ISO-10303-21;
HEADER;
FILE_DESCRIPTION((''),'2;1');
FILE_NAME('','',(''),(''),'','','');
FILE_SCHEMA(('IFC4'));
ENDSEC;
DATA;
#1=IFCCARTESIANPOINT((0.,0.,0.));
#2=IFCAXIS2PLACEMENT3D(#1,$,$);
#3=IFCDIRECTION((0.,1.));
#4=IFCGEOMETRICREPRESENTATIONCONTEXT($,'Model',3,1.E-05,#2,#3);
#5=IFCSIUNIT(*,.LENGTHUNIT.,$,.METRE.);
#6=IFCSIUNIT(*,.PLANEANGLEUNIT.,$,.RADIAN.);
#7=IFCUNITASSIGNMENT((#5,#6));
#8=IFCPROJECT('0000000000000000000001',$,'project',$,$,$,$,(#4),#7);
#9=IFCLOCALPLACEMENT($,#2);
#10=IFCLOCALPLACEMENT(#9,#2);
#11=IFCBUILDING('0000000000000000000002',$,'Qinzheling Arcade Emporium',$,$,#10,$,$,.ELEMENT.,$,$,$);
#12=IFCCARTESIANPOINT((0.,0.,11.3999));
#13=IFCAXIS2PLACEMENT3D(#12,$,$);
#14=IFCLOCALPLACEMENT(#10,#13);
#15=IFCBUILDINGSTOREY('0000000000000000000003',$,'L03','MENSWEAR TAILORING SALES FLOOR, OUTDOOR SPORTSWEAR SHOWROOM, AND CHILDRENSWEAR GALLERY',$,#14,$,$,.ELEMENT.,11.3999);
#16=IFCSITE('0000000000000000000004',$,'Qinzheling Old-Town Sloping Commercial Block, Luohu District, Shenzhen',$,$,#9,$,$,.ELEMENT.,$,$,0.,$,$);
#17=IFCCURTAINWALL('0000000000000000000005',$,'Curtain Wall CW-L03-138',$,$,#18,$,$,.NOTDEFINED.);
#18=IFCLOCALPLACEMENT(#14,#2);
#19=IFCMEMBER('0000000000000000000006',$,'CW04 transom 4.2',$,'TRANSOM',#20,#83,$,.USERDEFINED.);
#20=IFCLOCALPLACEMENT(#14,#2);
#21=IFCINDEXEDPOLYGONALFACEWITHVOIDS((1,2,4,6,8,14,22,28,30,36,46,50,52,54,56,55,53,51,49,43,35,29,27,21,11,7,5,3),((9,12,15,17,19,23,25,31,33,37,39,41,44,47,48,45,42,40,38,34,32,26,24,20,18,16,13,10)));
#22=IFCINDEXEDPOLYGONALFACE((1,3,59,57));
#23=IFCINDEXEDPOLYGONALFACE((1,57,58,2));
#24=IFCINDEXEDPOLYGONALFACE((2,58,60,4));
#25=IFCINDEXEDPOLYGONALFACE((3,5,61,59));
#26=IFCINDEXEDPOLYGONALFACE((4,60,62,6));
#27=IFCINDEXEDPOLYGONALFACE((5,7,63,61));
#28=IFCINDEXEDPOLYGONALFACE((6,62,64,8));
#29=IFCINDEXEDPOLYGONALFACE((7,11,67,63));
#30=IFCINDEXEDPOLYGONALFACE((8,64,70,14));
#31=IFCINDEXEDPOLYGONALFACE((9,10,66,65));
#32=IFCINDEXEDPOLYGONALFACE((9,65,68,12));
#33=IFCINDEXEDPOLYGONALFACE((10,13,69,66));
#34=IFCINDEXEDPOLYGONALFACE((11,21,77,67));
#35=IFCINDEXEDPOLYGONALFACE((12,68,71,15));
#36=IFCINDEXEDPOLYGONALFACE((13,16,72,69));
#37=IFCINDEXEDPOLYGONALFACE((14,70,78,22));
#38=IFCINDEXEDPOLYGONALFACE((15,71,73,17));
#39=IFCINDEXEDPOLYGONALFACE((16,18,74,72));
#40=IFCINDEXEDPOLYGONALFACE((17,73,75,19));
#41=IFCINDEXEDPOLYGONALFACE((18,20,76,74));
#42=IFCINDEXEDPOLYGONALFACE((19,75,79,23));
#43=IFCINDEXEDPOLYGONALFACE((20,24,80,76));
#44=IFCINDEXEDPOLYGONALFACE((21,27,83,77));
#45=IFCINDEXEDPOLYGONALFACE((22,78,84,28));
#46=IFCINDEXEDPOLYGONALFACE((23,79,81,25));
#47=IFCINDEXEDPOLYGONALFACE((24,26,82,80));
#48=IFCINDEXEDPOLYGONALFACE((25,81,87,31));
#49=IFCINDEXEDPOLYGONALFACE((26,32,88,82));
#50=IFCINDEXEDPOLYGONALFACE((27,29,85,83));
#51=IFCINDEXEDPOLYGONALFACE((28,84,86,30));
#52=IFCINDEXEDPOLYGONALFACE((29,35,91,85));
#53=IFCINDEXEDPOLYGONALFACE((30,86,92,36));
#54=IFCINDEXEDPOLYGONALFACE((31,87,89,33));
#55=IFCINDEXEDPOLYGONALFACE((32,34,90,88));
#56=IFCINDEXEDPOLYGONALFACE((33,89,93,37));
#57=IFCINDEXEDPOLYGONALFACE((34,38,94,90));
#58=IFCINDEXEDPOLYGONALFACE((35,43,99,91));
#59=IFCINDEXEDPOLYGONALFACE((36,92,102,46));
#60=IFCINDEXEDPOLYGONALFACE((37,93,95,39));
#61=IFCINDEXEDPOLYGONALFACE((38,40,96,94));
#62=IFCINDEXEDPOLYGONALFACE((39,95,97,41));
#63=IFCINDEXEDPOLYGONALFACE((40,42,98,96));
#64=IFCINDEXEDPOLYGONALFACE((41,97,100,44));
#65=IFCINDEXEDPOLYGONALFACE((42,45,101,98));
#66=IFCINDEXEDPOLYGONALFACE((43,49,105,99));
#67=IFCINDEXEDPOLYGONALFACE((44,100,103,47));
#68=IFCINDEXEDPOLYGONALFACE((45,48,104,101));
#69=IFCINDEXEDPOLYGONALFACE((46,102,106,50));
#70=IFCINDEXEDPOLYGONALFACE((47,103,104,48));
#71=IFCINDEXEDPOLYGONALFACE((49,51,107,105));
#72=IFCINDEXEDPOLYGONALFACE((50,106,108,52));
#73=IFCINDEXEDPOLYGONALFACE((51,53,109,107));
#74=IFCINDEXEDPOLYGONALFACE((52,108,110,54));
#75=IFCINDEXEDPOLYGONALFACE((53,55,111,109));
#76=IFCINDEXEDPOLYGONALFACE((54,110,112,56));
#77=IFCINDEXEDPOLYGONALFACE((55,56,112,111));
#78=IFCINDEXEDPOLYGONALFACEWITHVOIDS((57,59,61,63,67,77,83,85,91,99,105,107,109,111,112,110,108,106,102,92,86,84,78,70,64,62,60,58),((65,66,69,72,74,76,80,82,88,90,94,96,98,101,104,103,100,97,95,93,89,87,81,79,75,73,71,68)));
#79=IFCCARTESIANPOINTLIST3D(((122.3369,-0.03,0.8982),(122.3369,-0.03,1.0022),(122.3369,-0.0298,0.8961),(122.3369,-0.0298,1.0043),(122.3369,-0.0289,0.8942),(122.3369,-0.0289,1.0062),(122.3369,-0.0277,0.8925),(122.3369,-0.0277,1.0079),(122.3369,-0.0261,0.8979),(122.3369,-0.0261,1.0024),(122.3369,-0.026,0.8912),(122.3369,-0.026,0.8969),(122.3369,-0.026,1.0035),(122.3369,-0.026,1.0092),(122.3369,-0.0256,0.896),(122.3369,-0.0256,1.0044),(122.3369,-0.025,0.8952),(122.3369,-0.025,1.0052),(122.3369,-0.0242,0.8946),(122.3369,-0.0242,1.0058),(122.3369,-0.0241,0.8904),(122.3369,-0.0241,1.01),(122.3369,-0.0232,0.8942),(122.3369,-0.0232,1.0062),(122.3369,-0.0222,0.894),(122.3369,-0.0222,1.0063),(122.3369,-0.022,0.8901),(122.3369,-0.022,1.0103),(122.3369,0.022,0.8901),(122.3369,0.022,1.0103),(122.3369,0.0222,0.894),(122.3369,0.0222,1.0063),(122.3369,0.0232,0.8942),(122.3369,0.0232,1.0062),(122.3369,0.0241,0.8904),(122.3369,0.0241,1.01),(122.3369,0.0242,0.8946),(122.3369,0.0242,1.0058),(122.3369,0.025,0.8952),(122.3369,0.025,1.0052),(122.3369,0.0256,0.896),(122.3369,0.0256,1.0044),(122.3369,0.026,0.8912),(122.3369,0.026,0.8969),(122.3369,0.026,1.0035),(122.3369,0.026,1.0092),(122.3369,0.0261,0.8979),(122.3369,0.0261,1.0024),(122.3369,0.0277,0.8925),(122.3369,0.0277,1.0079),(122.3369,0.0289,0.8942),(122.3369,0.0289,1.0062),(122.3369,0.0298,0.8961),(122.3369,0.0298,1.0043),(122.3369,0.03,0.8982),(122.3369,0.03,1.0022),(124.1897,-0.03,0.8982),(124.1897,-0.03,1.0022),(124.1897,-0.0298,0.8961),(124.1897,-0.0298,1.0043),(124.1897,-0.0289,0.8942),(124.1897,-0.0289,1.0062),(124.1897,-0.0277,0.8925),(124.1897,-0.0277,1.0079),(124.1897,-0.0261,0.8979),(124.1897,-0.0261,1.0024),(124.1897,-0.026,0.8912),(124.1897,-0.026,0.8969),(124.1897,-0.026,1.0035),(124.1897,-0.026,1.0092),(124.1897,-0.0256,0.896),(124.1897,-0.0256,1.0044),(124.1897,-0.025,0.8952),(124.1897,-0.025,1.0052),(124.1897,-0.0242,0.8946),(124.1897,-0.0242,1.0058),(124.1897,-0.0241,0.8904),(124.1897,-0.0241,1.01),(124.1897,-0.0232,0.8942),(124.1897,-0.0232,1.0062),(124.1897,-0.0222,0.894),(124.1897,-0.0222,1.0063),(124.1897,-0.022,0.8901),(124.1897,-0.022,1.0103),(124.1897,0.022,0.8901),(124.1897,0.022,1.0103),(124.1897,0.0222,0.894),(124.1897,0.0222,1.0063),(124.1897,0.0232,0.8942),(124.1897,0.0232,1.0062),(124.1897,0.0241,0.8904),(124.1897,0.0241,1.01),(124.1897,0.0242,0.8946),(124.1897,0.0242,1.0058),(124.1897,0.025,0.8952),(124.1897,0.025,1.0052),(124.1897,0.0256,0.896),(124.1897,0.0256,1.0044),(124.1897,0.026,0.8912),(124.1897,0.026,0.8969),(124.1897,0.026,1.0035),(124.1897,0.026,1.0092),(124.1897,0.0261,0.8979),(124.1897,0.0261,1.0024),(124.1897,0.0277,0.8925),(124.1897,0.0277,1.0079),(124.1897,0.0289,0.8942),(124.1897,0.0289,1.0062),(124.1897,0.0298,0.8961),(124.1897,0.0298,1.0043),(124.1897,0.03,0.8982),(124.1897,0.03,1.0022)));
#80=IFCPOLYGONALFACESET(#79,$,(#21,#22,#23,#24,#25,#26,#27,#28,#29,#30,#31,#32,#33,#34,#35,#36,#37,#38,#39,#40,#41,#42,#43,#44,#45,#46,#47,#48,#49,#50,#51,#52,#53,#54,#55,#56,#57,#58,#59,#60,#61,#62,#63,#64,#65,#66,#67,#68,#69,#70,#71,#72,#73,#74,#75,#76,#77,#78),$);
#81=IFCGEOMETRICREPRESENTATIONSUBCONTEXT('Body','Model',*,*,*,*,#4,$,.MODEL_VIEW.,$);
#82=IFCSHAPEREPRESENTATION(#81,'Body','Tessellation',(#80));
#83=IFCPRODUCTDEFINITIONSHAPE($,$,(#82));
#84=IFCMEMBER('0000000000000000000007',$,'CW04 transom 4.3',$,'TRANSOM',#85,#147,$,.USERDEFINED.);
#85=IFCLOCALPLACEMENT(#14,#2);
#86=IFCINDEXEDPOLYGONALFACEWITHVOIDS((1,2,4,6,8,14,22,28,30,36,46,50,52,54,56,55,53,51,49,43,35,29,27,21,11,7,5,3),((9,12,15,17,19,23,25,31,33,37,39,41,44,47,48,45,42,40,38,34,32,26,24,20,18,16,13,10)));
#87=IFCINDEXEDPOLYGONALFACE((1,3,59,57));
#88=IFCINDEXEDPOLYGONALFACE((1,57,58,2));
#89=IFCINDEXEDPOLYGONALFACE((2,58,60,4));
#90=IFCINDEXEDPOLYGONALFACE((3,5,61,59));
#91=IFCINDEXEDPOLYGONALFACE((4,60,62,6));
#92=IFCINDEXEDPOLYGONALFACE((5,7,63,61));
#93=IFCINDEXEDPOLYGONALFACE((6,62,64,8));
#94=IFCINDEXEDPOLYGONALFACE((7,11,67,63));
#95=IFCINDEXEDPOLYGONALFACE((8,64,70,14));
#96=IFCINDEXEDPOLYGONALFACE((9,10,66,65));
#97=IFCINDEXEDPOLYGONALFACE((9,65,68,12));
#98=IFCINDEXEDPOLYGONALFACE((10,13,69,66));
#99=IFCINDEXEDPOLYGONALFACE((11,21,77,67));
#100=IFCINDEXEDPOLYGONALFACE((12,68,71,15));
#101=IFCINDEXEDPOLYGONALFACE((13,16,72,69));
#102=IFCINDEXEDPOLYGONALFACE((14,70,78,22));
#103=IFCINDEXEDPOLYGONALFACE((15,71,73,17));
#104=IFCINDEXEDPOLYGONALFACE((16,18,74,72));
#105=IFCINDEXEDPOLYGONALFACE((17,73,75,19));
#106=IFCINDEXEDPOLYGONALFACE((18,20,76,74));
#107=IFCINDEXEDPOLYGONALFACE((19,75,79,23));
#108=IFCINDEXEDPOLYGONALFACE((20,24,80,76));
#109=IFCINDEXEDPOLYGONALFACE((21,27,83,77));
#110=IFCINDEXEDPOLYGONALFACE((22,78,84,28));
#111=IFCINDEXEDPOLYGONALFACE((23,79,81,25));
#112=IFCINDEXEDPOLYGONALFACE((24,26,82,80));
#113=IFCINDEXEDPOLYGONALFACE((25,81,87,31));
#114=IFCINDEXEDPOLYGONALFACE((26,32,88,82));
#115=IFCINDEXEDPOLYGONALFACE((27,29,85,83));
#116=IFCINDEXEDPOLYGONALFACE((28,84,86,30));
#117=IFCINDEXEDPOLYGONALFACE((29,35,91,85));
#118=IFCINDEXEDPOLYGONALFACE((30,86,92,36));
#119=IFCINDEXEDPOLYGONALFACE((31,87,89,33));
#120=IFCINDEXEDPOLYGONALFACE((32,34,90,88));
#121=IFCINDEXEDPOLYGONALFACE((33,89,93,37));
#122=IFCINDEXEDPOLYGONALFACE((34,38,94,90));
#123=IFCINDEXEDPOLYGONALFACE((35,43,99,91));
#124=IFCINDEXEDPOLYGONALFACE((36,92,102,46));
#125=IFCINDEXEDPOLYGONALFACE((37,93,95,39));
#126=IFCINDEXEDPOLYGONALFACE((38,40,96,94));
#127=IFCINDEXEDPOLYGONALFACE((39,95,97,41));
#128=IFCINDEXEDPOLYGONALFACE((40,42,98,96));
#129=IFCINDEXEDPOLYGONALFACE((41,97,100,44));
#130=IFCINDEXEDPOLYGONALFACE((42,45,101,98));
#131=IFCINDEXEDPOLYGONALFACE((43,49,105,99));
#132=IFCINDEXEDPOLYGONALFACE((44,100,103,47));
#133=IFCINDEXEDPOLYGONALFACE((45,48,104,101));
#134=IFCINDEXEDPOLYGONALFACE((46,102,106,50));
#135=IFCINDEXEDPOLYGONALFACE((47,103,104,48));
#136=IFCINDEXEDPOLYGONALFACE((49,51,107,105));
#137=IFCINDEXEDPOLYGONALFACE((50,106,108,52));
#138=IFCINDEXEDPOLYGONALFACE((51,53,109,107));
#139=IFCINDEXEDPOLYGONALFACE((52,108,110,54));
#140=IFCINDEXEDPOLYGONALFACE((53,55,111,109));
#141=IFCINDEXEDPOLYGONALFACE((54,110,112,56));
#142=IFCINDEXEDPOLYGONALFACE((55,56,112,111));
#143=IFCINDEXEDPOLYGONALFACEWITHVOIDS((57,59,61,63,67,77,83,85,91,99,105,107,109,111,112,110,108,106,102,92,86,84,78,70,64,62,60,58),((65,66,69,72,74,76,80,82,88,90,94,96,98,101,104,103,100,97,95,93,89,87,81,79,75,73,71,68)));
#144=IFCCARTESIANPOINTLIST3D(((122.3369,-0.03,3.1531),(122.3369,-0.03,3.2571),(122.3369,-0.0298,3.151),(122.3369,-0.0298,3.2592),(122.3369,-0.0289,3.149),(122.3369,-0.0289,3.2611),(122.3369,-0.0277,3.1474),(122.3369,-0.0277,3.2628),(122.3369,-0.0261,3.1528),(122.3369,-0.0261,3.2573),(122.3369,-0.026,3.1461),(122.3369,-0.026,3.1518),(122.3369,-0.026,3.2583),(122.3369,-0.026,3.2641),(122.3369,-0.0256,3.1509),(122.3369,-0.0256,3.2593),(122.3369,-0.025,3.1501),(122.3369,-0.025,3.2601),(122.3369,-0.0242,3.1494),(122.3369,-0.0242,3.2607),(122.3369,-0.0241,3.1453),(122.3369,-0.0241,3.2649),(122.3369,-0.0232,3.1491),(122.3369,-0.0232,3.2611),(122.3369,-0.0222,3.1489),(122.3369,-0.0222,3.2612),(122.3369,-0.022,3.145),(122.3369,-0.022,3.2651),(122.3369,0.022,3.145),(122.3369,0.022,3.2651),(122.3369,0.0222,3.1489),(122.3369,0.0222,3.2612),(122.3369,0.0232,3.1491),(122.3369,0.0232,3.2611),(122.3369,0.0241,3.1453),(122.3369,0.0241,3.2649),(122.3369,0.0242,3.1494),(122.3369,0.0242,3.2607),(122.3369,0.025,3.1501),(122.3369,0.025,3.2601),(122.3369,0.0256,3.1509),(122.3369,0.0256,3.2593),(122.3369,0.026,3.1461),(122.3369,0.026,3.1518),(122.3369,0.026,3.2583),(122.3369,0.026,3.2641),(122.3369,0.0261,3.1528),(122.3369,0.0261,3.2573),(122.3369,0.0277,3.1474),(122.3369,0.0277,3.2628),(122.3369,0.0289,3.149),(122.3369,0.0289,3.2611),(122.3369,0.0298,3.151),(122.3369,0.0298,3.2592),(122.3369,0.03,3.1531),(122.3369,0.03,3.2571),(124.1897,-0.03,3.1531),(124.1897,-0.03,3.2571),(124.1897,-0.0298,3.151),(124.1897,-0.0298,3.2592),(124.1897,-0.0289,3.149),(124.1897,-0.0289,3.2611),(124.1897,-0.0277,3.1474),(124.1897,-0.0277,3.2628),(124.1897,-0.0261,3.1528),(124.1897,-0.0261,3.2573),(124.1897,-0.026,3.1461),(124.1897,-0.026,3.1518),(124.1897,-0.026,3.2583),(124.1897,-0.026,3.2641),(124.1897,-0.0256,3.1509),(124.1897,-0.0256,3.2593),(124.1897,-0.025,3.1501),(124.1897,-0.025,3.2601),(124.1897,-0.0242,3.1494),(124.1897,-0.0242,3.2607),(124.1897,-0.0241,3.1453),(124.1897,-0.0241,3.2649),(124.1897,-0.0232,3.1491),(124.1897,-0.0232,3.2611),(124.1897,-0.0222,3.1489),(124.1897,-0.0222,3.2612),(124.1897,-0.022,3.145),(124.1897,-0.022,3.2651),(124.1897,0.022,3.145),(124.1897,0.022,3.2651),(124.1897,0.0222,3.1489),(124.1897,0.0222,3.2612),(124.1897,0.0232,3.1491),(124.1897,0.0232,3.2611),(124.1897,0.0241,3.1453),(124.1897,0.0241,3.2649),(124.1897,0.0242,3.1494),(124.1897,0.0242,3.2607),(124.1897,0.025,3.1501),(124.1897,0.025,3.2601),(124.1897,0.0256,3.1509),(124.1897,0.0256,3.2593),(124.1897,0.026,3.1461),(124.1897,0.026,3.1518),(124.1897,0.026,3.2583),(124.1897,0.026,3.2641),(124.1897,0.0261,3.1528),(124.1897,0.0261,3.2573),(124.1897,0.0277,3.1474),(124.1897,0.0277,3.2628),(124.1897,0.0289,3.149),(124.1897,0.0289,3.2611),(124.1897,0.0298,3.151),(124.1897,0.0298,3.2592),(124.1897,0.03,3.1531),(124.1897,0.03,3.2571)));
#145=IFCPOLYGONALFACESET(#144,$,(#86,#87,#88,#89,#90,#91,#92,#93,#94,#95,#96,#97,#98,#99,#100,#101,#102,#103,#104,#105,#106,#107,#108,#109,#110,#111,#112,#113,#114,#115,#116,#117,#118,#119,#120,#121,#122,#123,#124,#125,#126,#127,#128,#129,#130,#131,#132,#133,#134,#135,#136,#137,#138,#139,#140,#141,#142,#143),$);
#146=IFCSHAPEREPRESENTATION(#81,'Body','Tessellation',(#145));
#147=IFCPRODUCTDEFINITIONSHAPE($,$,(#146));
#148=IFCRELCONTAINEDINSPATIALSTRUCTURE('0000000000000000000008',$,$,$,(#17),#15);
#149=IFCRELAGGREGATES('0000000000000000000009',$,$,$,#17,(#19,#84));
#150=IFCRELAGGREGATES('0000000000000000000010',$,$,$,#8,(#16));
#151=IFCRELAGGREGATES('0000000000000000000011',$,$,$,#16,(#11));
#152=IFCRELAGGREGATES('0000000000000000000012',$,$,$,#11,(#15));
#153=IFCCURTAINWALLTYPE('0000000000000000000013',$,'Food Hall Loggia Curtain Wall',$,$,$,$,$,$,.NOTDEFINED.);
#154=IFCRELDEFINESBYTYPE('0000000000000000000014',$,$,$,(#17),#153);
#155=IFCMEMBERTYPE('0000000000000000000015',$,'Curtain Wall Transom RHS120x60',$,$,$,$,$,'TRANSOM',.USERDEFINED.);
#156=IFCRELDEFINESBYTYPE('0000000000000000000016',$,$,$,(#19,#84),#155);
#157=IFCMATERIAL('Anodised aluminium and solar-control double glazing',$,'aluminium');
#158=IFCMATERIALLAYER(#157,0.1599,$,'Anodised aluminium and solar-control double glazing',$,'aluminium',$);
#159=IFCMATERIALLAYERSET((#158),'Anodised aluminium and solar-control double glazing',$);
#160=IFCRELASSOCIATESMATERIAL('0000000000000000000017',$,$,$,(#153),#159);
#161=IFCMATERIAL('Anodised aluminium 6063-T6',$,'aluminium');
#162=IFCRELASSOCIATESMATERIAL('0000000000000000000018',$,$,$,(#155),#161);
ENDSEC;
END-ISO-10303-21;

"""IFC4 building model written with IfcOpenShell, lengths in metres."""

from ifc_helpers import new_model, si_unit, direction, frame, origin, origin_2d, place, context, subcontext, project, spatial, hollow_rectangle, extrude, material, layer, layer_set, material_profile, profile_set, type_object, element, aggregate, save


model = new_model("IFC4")

# Units and contexts
model_context = context("Model", 3, precision=1e-05, world=origin(), true_north=direction((0.0, 1.0)))
body_context = subcontext(model_context, "Body", "Model", "MODEL_VIEW")
ifc_project = project(units=[si_unit("LENGTHUNIT", "METRE"), si_unit("PLANEANGLEUNIT", "RADIAN")], contexts=[model_context])

# Site, building, storey
site_placement = place(None, origin())
site = spatial("IfcSite", under=ifc_project, at=site_placement, Name="Qinzheling Old-Town Sloping Commercial Block, Luohu District, Shenzhen", CompositionType="ELEMENT", RefElevation=0.0)
building_placement = place(site_placement, origin())
building = spatial("IfcBuilding", under=site, at=building_placement, Name="Qinzheling Arcade Emporium", CompositionType="ELEMENT")
storey_placement = place(building_placement, frame((0.0, 0.0, 11.3999)))
storey = spatial("IfcBuildingStorey", under=building, at=storey_placement, Name="L03", Description="MENSWEAR TAILORING SALES FLOOR, OUTDOOR SPORTSWEAR SHOWROOM, AND CHILDRENSWEAR GALLERY", CompositionType="ELEMENT", Elevation=11.3999)

# Curtain wall, members
ifc_material_1 = material(Name="Anodised aluminium and solar-control double glazing", Category="aluminium")
ifc_layer_1 = layer(ifc_material_1, 0.1599, Name="Anodised aluminium and solar-control double glazing", Category="aluminium")
ifc_layer_set_1 = layer_set([ifc_layer_1], Name="Anodised aluminium and solar-control double glazing")
curtain_wall_type = type_object("IfcCurtainWallType", Name="Food Hall Loggia Curtain Wall", PredefinedType="NOTDEFINED", material=ifc_layer_set_1)
curtain_wall_placement = place(storey_placement, origin())
curtain_wall = element("IfcCurtainWall", 1, at=curtain_wall_placement, inside=storey, type_object=curtain_wall_type, Name="Curtain Wall CW-L03-138", PredefinedType="NOTDEFINED")
ifc_material_2 = material(Name="Anodised aluminium 6063-T6", Category="aluminium")
ifc_material_profile_1 = material_profile(ifc_material_2, hollow_rectangle(XDim=0.0601, YDim=0.1201, WallThickness=0.0039, InnerFilletRadius=0.0039, OuterFilletRadius=0.0081, at=origin_2d()), Name="RHS 120x60x4", Category="aluminium")
ifc_profile_set_1 = profile_set([ifc_material_profile_1], Name="Anodised aluminium 6063-T6")
member_type_1 = type_object("IfcMemberType", Name="Curtain Wall Transom RHS120x60", ElementType="TRANSOM", PredefinedType="USERDEFINED", material=ifc_profile_set_1)
member_1_placement = place(storey_placement, frame((124.1897, 0.0, 0.9502), z_axis=(-1.0, 0.0, 0.0), x_axis=(0.0, -1.0, 0.0)))
member_1 = element("IfcMember", 2, at=member_1_placement, type_object=member_type_1, Name="CW04 transom 4.2", ObjectType="TRANSOM", PredefinedType="USERDEFINED", context=body_context, shape_type="SweptSolid", body=[
    extrude(hollow_rectangle(XDim=0.0601, YDim=0.1201, WallThickness=0.0039, InnerFilletRadius=0.0039, OuterFilletRadius=0.0081, at=origin_2d()), origin(), (0.0, 0.0, 1.0), 1.8528),
])
member_2_placement = place(storey_placement, frame((124.1897, 0.0, 3.2051), z_axis=(-1.0, 0.0, 0.0), x_axis=(0.0, -1.0, 0.0)))
member_2 = element("IfcMember", 3, at=member_2_placement, type_object=member_type_1, Name="CW04 transom 4.3", ObjectType="TRANSOM", PredefinedType="USERDEFINED", context=body_context, shape_type="SweptSolid", body=[
    extrude(hollow_rectangle(XDim=0.0601, YDim=0.1201, WallThickness=0.0039, InnerFilletRadius=0.0039, OuterFilletRadius=0.0081, at=origin_2d()), origin(), (0.0, 0.0, 1.0), 1.8528),
])

aggregate(curtain_wall, [member_1, member_2])

save(model, "model.ifc")
